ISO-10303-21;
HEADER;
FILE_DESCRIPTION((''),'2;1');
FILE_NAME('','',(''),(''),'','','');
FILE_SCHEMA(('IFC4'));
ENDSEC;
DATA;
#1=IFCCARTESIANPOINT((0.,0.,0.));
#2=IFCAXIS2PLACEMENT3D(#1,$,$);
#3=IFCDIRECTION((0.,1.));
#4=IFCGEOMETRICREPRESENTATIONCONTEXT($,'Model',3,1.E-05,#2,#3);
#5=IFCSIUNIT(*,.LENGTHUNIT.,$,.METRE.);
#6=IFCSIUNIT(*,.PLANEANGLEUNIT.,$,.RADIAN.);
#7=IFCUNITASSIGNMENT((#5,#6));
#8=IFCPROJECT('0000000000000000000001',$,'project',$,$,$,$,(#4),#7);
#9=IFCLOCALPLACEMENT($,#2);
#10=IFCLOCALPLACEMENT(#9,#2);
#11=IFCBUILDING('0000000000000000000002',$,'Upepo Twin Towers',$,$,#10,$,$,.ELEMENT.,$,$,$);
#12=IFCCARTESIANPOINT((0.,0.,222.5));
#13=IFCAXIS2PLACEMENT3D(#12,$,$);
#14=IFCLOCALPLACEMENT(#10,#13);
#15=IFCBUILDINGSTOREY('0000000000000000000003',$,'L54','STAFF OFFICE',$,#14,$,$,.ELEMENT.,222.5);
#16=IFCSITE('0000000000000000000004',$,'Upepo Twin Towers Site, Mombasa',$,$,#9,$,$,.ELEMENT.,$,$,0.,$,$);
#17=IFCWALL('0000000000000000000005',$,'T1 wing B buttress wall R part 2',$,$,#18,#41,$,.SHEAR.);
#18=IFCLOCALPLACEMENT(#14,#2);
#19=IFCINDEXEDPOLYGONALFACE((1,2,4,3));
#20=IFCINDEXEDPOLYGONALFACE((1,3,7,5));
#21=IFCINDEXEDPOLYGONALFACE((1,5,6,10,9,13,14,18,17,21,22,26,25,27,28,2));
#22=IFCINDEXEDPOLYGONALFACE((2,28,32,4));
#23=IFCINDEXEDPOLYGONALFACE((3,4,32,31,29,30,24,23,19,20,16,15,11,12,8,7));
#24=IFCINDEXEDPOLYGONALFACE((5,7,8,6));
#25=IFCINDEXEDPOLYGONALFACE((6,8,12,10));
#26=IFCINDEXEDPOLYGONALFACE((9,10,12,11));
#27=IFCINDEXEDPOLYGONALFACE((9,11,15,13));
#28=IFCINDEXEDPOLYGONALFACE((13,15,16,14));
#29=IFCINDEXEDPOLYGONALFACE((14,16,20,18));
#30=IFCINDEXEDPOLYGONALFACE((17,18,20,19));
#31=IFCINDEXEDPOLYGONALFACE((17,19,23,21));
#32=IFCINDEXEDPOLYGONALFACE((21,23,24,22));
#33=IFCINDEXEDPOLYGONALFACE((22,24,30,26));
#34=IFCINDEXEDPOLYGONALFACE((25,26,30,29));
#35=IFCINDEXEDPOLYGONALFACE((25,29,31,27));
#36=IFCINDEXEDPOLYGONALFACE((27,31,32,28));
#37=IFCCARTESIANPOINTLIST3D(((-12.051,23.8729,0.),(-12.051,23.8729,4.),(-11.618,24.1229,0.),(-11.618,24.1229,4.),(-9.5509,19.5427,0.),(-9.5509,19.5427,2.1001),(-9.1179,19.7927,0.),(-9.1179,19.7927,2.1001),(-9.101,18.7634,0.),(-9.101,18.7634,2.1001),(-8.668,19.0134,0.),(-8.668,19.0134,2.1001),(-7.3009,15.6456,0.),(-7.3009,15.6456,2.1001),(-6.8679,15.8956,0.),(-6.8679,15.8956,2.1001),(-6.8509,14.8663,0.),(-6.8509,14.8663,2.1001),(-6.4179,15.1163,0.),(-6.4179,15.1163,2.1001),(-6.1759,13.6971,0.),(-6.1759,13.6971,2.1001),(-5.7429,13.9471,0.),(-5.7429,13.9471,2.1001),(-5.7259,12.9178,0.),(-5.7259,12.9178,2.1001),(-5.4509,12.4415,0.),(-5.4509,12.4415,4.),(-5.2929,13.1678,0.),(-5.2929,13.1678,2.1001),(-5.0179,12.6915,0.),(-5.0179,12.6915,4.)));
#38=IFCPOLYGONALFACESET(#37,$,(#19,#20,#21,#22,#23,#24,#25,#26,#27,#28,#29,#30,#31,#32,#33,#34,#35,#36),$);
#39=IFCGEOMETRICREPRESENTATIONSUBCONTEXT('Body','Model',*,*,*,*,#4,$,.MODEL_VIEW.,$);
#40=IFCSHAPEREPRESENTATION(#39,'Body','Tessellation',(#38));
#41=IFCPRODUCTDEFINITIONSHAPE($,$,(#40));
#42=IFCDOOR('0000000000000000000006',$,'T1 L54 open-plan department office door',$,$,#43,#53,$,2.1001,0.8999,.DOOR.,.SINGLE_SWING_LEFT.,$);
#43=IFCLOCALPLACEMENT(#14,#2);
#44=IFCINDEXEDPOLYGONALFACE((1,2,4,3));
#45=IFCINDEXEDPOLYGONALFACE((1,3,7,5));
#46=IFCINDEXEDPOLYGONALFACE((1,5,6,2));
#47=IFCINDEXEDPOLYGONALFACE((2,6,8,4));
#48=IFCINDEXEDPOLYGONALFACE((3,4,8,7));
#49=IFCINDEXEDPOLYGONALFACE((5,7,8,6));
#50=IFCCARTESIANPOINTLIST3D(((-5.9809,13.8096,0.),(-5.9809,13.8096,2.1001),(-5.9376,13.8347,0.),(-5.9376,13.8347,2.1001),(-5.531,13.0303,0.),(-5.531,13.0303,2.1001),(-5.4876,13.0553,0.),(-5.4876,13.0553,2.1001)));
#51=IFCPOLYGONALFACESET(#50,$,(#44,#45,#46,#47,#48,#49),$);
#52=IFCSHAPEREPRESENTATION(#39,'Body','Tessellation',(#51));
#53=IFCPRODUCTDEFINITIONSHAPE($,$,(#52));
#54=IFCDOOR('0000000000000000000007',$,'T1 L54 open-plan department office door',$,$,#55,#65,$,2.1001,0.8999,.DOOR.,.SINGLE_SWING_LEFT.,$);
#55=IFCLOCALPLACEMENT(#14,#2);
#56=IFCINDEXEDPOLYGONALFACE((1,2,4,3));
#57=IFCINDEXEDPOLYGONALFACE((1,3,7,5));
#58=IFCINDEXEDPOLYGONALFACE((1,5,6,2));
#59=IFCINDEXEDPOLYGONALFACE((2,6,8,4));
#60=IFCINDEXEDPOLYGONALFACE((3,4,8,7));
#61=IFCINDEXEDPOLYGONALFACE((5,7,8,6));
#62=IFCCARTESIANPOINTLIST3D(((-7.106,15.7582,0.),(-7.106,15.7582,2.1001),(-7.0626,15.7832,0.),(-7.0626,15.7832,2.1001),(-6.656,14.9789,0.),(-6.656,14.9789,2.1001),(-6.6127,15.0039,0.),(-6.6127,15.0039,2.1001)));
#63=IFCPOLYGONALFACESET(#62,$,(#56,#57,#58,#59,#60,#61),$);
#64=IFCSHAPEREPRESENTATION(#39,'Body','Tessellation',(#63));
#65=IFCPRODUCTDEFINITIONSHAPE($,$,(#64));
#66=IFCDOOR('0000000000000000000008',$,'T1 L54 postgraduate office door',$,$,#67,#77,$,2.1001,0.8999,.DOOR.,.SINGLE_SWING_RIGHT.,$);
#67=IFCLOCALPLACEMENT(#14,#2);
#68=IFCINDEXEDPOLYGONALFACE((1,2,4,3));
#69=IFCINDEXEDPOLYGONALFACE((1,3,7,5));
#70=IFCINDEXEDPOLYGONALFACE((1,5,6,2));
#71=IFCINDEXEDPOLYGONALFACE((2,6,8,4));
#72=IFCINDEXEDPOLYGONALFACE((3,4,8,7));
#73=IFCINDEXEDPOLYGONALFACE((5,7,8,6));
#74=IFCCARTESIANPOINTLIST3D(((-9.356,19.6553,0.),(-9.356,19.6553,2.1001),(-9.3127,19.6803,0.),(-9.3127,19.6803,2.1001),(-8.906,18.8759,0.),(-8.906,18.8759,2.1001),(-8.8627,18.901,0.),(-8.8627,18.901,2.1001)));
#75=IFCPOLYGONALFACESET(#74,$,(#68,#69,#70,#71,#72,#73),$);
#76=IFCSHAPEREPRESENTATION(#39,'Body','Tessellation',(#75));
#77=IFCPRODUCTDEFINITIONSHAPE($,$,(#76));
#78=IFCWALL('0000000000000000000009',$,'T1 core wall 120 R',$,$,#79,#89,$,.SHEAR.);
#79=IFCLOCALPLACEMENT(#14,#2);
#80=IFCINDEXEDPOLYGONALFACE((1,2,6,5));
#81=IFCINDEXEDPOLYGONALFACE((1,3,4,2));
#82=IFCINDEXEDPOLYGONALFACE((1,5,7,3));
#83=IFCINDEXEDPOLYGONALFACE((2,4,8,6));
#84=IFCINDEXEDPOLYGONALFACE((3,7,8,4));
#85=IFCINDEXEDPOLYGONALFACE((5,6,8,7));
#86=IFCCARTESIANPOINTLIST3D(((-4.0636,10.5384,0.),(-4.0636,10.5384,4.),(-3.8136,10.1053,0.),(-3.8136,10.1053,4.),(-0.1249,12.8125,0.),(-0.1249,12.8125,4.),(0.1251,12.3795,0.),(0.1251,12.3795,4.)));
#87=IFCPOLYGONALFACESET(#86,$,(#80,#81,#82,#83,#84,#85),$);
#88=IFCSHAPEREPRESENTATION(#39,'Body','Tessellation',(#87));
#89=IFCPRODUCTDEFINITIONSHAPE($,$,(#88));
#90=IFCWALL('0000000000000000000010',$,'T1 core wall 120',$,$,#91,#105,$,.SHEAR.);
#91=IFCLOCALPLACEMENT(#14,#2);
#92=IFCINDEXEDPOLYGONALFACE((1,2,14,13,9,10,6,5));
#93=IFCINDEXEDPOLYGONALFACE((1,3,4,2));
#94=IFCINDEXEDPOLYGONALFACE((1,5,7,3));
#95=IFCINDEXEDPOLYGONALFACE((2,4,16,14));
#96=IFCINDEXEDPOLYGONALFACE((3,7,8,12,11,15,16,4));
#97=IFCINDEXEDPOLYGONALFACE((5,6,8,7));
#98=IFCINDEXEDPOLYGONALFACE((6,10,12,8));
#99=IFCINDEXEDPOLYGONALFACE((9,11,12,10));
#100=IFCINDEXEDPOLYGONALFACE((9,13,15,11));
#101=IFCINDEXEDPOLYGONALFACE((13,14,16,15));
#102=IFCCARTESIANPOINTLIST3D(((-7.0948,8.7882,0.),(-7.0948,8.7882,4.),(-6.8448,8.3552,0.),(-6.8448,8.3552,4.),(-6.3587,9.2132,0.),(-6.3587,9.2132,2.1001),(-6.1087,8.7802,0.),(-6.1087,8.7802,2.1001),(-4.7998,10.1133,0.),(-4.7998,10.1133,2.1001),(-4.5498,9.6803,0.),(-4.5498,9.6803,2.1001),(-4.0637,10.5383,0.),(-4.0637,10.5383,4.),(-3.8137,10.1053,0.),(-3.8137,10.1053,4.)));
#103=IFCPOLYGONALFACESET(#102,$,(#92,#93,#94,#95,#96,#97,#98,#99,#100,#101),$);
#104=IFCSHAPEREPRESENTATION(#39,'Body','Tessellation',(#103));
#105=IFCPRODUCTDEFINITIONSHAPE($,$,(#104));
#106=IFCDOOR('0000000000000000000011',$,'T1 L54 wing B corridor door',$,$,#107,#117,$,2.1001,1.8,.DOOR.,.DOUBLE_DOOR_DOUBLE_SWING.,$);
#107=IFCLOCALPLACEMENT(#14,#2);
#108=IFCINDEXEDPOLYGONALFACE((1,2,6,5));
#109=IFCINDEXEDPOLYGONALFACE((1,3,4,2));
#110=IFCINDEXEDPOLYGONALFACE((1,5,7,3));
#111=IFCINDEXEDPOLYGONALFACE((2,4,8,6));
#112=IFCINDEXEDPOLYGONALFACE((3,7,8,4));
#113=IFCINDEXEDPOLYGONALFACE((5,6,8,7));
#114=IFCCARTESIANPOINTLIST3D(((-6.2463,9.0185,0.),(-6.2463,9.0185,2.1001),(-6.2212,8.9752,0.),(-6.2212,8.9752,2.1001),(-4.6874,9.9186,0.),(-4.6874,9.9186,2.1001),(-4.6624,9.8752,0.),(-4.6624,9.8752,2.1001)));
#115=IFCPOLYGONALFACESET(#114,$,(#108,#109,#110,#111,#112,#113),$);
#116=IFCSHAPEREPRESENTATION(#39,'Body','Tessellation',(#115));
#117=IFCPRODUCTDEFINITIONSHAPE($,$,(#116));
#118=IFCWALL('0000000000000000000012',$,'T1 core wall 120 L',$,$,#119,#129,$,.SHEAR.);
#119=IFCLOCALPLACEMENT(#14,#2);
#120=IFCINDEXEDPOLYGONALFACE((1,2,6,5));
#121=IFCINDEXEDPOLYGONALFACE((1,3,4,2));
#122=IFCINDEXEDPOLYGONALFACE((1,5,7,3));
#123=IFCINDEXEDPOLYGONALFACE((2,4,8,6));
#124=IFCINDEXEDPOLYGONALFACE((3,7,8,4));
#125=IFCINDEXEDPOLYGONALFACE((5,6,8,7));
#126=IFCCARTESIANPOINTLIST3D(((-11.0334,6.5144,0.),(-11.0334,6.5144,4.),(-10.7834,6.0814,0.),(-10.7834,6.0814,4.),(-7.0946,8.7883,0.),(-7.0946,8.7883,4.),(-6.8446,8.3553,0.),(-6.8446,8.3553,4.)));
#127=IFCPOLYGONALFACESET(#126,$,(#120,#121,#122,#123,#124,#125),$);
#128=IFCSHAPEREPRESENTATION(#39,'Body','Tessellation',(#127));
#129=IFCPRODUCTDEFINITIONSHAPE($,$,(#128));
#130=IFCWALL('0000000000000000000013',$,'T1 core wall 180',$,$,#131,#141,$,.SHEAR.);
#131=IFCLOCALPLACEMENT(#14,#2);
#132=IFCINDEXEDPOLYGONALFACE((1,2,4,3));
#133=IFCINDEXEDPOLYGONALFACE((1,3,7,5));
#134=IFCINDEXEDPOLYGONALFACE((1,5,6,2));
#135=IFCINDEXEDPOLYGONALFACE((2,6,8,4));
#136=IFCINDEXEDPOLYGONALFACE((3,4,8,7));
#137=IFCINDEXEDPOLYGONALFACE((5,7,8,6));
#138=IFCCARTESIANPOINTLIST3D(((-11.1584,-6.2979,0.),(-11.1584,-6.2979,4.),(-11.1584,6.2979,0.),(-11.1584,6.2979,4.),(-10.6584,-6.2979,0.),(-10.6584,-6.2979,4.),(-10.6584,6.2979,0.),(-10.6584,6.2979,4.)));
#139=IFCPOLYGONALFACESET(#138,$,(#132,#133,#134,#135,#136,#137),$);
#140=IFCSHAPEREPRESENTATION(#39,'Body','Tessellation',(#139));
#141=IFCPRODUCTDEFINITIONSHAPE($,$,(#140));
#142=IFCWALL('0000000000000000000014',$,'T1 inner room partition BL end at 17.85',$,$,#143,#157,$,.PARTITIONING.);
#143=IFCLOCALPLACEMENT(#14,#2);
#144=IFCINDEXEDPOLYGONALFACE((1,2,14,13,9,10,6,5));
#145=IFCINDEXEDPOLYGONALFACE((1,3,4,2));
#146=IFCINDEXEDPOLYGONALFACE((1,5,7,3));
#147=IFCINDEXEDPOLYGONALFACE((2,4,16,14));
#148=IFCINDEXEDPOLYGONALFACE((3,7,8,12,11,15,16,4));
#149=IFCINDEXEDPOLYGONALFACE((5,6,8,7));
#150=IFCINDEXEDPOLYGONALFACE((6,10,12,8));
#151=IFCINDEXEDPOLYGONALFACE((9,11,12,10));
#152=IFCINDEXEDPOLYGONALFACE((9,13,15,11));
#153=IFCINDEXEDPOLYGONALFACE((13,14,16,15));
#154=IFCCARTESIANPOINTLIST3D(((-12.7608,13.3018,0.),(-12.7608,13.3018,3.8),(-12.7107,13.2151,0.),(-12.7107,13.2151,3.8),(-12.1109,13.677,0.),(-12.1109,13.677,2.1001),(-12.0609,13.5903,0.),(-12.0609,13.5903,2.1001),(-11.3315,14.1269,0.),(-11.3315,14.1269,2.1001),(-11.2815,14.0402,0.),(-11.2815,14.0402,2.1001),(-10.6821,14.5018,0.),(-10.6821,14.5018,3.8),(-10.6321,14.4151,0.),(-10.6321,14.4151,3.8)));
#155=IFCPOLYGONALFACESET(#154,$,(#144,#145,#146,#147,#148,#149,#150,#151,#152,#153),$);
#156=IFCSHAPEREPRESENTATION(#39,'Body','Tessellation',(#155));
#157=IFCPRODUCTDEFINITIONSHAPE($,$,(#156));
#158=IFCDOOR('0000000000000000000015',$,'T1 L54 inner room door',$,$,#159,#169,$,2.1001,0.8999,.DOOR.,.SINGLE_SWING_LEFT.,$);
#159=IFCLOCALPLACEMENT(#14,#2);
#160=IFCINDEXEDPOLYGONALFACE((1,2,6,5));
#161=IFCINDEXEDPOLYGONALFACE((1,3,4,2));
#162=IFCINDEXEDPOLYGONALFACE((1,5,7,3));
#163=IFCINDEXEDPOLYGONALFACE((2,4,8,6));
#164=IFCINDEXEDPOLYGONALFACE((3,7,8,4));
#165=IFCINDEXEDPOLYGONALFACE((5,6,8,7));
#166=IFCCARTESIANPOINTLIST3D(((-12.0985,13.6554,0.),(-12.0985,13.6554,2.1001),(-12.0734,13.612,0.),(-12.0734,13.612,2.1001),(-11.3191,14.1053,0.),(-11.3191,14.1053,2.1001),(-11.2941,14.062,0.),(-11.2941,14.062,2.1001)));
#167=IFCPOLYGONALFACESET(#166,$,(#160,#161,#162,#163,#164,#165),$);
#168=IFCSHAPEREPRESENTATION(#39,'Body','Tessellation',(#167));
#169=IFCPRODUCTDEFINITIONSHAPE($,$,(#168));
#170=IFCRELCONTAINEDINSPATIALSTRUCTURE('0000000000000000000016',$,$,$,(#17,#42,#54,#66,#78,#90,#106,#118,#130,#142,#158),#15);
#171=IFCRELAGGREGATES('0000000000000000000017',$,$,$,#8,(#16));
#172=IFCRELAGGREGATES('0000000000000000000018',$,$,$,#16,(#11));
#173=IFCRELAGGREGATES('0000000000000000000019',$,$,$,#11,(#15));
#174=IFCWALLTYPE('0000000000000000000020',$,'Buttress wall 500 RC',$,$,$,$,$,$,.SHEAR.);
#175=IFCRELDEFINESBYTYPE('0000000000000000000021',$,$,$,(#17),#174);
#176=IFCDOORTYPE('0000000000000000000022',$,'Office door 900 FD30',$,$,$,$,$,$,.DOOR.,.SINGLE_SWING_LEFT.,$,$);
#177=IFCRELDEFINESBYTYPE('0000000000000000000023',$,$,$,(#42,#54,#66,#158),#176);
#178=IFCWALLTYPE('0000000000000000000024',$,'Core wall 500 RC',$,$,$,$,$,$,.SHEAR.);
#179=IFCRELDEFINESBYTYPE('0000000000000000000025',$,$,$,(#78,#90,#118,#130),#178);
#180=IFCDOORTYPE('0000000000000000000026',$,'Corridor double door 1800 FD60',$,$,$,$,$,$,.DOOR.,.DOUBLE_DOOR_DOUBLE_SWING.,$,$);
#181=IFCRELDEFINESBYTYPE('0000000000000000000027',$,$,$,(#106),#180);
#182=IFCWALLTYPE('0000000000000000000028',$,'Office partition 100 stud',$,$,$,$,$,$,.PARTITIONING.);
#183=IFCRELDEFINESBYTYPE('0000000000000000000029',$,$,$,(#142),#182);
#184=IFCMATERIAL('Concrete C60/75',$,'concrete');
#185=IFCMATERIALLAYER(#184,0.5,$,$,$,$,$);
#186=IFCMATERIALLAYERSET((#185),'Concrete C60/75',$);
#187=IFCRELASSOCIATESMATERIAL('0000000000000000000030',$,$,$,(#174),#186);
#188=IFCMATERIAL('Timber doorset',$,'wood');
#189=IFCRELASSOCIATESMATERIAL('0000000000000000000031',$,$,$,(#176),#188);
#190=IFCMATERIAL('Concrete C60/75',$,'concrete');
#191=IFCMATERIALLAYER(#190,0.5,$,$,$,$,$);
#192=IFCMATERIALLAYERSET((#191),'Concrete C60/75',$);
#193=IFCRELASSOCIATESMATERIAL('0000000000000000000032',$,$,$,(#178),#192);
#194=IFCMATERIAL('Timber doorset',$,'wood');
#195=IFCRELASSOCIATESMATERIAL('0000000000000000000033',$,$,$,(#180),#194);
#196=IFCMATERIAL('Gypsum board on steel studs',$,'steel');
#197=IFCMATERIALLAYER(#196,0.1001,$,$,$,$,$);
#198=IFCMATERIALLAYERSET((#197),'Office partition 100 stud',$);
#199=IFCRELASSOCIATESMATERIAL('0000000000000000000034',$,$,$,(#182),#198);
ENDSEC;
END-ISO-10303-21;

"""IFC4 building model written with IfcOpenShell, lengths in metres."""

from ifc_helpers import new_model, si_unit, direction, frame, frame_2d, origin, place, context, subcontext, project, spatial, rectangle, extrude, material, layer, layer_set, type_object, element, fill, save


model = new_model("IFC4")

# Units and contexts
model_context = context("Model", 3, precision=1e-05, world=origin(), true_north=direction((0.0, 1.0)))
body_context = subcontext(model_context, "Body", "Model", "MODEL_VIEW")
ifc_project = project(units=[si_unit("LENGTHUNIT", "METRE"), si_unit("PLANEANGLEUNIT", "RADIAN")], contexts=[model_context])

# Site, building, storey
site_placement = place(None, origin())
site = spatial("IfcSite", under=ifc_project, at=site_placement, Name="Upepo Twin Towers Site, Mombasa", CompositionType="ELEMENT", RefElevation=0.0)
building_placement = place(site_placement, origin())
building = spatial("IfcBuilding", under=site, at=building_placement, Name="Upepo Twin Towers", CompositionType="ELEMENT")
storey_placement = place(building_placement, frame((0.0, 0.0, 222.5)))
storey = spatial("IfcBuildingStorey", under=building, at=storey_placement, Name="L54", Description="STAFF OFFICE", CompositionType="ELEMENT", Elevation=222.5)

# Wall, openings, doors
ifc_material_1 = material(Name="Concrete C60/75", Category="concrete")
ifc_layer_1 = layer(ifc_material_1, 0.5)
ifc_layer_set_1 = layer_set([ifc_layer_1], Name="Concrete C60/75")
wall_type_1 = type_object("IfcWallType", Name="Buttress wall 500 RC", PredefinedType="SHEAR", material=ifc_layer_set_1)
ifc_material_2 = material(Name="Timber doorset", Category="wood")
door_type_1 = type_object("IfcDoorType", Name="Office door 900 FD30", OperationType="SINGLE_SWING_LEFT", PredefinedType="DOOR", material=ifc_material_2)
wall_1_placement = place(storey_placement, frame((-5.2344, 12.5664, 0.0), z_axis=(0.0, 0.0, 1.0), x_axis=(-0.50001, 0.86602, 0.0)))
wall_1 = element("IfcWall", 1, at=wall_1_placement, inside=storey, type_object=wall_type_1, Name="T1 wing B buttress wall R part 2", PredefinedType="SHEAR", context=body_context, shape_type="SweptSolid", body=[
    extrude(rectangle(XDim=13.2, YDim=0.5, at=frame_2d((6.6001, 0.0))), origin(), (0.0, 0.0, 1.0), 4.0),
])
opening_1_placement = place(wall_1_placement, frame((0.55, 0.0, 0.0)))
opening_1 = element("IfcOpeningElement", 2, at=opening_1_placement, cuts=wall_1, PredefinedType="OPENING", context=body_context, shape_type="SweptSolid", body=[
    extrude(rectangle(XDim=0.8999, YDim=2.1001, at=frame_2d((0.45, 1.05))), frame((0.0, 0.26, 0.0), z_axis=(0.0, -1.0, 0.0), x_axis=(1.0, 0.0, 0.0)), (0.0, 0.0, 1.0), 0.52),
])
opening_2_placement = place(wall_1_placement, frame((2.8, 0.0, 0.0)))
opening_2 = element("IfcOpeningElement", 3, at=opening_2_placement, cuts=wall_1, PredefinedType="OPENING", context=body_context, shape_type="SweptSolid", body=[
    extrude(rectangle(XDim=0.8999, YDim=2.1001, at=frame_2d((0.45, 1.05))), frame((0.0, 0.26, 0.0), z_axis=(0.0, -1.0, 0.0), x_axis=(1.0, 0.0, 0.0)), (0.0, 0.0, 1.0), 0.52),
])
opening_3_placement = place(wall_1_placement, frame((7.3, 0.0, 0.0)))
opening_3 = element("IfcOpeningElement", 4, at=opening_3_placement, cuts=wall_1, PredefinedType="OPENING", context=body_context, shape_type="SweptSolid", body=[
    extrude(rectangle(XDim=0.8999, YDim=2.1001, at=frame_2d((0.45, 1.05))), frame((0.0, 0.26, 0.0), z_axis=(0.0, -1.0, 0.0), x_axis=(1.0, 0.0, 0.0)), (0.0, 0.0, 1.0), 0.52),
])
door_1_placement = place(opening_1_placement, origin())
door_1 = element("IfcDoor", 5, at=door_1_placement, inside=storey, type_object=door_type_1, Name="T1 L54 open-plan department office door", OperationType="SINGLE_SWING_LEFT", OverallHeight=2.1001, OverallWidth=0.8999, PredefinedType="DOOR", context=body_context, shape_type="SweptSolid", body=[
    extrude(rectangle(XDim=0.8999, YDim=2.1001, at=frame_2d((0.45, 1.05))), frame((0.0, 0.0249, 0.0), z_axis=(0.0, -1.0, 0.0), x_axis=(1.0, 0.0, 0.0)), (0.0, 0.0, 1.0), 0.05),
])
fill(opening_1, door_1)
door_2_placement = place(opening_2_placement, origin())
door_2 = element("IfcDoor", 6, at=door_2_placement, inside=storey, type_object=door_type_1, Name="T1 L54 open-plan department office door", OperationType="SINGLE_SWING_LEFT", OverallHeight=2.1001, OverallWidth=0.8999, PredefinedType="DOOR", context=body_context, shape_type="SweptSolid", body=[
    extrude(rectangle(XDim=0.8999, YDim=2.1001, at=frame_2d((0.45, 1.05))), frame((0.0, 0.0249, 0.0), z_axis=(0.0, -1.0, 0.0), x_axis=(1.0, 0.0, 0.0)), (0.0, 0.0, 1.0), 0.05),
])
fill(opening_2, door_2)
door_3_placement = place(opening_3_placement, origin())
door_3 = element("IfcDoor", 7, at=door_3_placement, inside=storey, type_object=door_type_1, Name="T1 L54 postgraduate office door", OperationType="SINGLE_SWING_RIGHT", OverallHeight=2.1001, OverallWidth=0.8999, PredefinedType="DOOR", context=body_context, shape_type="SweptSolid", body=[
    extrude(rectangle(XDim=0.8999, YDim=2.1001, at=frame_2d((0.45, 1.05))), frame((0.0, 0.0249, 0.0), z_axis=(0.0, -1.0, 0.0), x_axis=(1.0, 0.0, 0.0)), (0.0, 0.0, 1.0), 0.05),
])
fill(opening_3, door_3)

# Wall
ifc_material_3 = material(Name="Concrete C60/75", Category="concrete")
ifc_layer_2 = layer(ifc_material_3, 0.5)
ifc_layer_set_2 = layer_set([ifc_layer_2], Name="Concrete C60/75")
wall_type_2 = type_object("IfcWallType", Name="Core wall 500 RC", PredefinedType="SHEAR", material=ifc_layer_set_2)
wall_2_placement = place(storey_placement, frame((0.0, 12.5959, 0.0), z_axis=(0.0, 0.0, 1.0), x_axis=(-0.866011, -0.500024, 0.0)))
element("IfcWall", 8, at=wall_2_placement, inside=storey, type_object=wall_type_2, Name="T1 core wall 120 R", PredefinedType="SHEAR", context=body_context, shape_type="SweptSolid", body=[
    extrude(rectangle(XDim=4.5481, YDim=0.5, at=frame_2d((2.2739, 0.0))), origin(), (0.0, 0.0, 1.0), 4.0),
])

# Wall, opening, door
wall_3_placement = place(storey_placement, frame((-3.9387, 10.3218, 0.0), z_axis=(0.0, 0.0, 1.0), x_axis=(-0.866019, -0.50001, 0.0)))
wall_3 = element("IfcWall", 9, at=wall_3_placement, inside=storey, type_object=wall_type_2, Name="T1 core wall 120", PredefinedType="SHEAR", context=body_context, shape_type="SweptSolid", body=[
    extrude(rectangle(XDim=3.5, YDim=0.5, at=frame_2d((1.75, 0.0))), origin(), (0.0, 0.0, 1.0), 4.0),
])
opening_4_placement = place(wall_3_placement, frame((0.8501, 0.0, 0.0)))
opening_4 = element("IfcOpeningElement", 10, at=opening_4_placement, cuts=wall_3, PredefinedType="OPENING", context=body_context, shape_type="SweptSolid", body=[
    extrude(rectangle(XDim=1.8, YDim=2.1001, at=frame_2d((0.8999, 1.05))), frame((0.0, 0.26, 0.0), z_axis=(0.0, -1.0, 0.0), x_axis=(1.0, 0.0, 0.0)), (0.0, 0.0, 1.0), 0.52),
])
ifc_material_4 = material(Name="Timber doorset", Category="wood")
door_type_2 = type_object("IfcDoorType", Name="Corridor double door 1800 FD60", OperationType="DOUBLE_DOOR_DOUBLE_SWING", PredefinedType="DOOR", material=ifc_material_4)
door_4_placement = place(opening_4_placement, origin())
door_4 = element("IfcDoor", 11, at=door_4_placement, inside=storey, type_object=door_type_2, Name="T1 L54 wing B corridor door", OperationType="DOUBLE_DOOR_DOUBLE_SWING", OverallHeight=2.1001, OverallWidth=1.8, PredefinedType="DOOR", context=body_context, shape_type="SweptSolid", body=[
    extrude(rectangle(XDim=1.8, YDim=2.1001, at=frame_2d((0.8999, 1.05))), frame((0.0, 0.0249, 0.0), z_axis=(0.0, -1.0, 0.0), x_axis=(1.0, 0.0, 0.0)), (0.0, 0.0, 1.0), 0.05),
])
fill(opening_4, door_4)

# Walls
wall_4_placement = place(storey_placement, frame((-6.9697, 8.5718, 0.0), z_axis=(0.0, 0.0, 1.0), x_axis=(-0.866035, -0.499984, 0.0)))
element("IfcWall", 12, at=wall_4_placement, inside=storey, type_object=wall_type_2, Name="T1 core wall 120 L", PredefinedType="SHEAR", context=body_context, shape_type="SweptSolid", body=[
    extrude(rectangle(XDim=4.5481, YDim=0.5, at=frame_2d((2.2739, 0.0))), origin(), (0.0, 0.0, 1.0), 4.0),
])
wall_5_placement = place(storey_placement, frame((-10.9084, 6.2979, 0.0), z_axis=(0.0, 0.0, 1.0), x_axis=(0.0, -1.0, 0.0)))
element("IfcWall", 13, at=wall_5_placement, inside=storey, type_object=wall_type_2, Name="T1 core wall 180", PredefinedType="SHEAR", context=body_context, shape_type="SweptSolid", body=[
    extrude(rectangle(XDim=12.5957, YDim=0.5, at=frame_2d((6.2979, 0.0))), origin(), (0.0, 0.0, 1.0), 4.0),
])

# Wall, opening, door
ifc_material_5 = material(Name="Gypsum board on steel studs", Category="steel")
ifc_layer_3 = layer(ifc_material_5, 0.1001)
ifc_layer_set_3 = layer_set([ifc_layer_3], Name="Office partition 100 stud")
wall_type_3 = type_object("IfcWallType", Name="Office partition 100 stud", PredefinedType="PARTITIONING", material=ifc_layer_set_3)
wall_6_placement = place(storey_placement, frame((-10.657, 14.4585, 0.0), z_axis=(0.0, 0.0, 1.0), x_axis=(-0.86605, -0.499957, 0.0)))
wall_6 = element("IfcWall", 14, at=wall_6_placement, inside=storey, type_object=wall_type_3, Name="T1 inner room partition BL end at 17.85", PredefinedType="PARTITIONING", context=body_context, shape_type="SweptSolid", body=[
    extrude(rectangle(XDim=2.4001, YDim=0.1001, at=frame_2d((1.2002, 0.0))), origin(), (0.0, 0.0, 1.0), 3.8),
])
opening_5_placement = place(wall_6_placement, frame((0.75, 0.0, 0.0)))
opening_5 = element("IfcOpeningElement", 15, at=opening_5_placement, cuts=wall_6, PredefinedType="OPENING", context=body_context, shape_type="SweptSolid", body=[
    extrude(rectangle(XDim=0.8999, YDim=2.1001, at=frame_2d((0.45, 1.05))), frame((0.0, 0.0601, 0.0), z_axis=(0.0, -1.0, 0.0), x_axis=(1.0, 0.0, 0.0)), (0.0, 0.0, 1.0), 0.1201),
])
door_5_placement = place(opening_5_placement, origin())
door_5 = element("IfcDoor", 16, at=door_5_placement, inside=storey, type_object=door_type_1, Name="T1 L54 inner room door", OperationType="SINGLE_SWING_LEFT", OverallHeight=2.1001, OverallWidth=0.8999, PredefinedType="DOOR", context=body_context, shape_type="SweptSolid", body=[
    extrude(rectangle(XDim=0.8999, YDim=2.1001, at=frame_2d((0.45, 1.05))), frame((0.0, 0.0249, 0.0), z_axis=(0.0, -1.0, 0.0), x_axis=(1.0, 0.0, 0.0)), (0.0, 0.0, 1.0), 0.05),
])
fill(opening_5, door_5)

save(model, "model.ifc")
